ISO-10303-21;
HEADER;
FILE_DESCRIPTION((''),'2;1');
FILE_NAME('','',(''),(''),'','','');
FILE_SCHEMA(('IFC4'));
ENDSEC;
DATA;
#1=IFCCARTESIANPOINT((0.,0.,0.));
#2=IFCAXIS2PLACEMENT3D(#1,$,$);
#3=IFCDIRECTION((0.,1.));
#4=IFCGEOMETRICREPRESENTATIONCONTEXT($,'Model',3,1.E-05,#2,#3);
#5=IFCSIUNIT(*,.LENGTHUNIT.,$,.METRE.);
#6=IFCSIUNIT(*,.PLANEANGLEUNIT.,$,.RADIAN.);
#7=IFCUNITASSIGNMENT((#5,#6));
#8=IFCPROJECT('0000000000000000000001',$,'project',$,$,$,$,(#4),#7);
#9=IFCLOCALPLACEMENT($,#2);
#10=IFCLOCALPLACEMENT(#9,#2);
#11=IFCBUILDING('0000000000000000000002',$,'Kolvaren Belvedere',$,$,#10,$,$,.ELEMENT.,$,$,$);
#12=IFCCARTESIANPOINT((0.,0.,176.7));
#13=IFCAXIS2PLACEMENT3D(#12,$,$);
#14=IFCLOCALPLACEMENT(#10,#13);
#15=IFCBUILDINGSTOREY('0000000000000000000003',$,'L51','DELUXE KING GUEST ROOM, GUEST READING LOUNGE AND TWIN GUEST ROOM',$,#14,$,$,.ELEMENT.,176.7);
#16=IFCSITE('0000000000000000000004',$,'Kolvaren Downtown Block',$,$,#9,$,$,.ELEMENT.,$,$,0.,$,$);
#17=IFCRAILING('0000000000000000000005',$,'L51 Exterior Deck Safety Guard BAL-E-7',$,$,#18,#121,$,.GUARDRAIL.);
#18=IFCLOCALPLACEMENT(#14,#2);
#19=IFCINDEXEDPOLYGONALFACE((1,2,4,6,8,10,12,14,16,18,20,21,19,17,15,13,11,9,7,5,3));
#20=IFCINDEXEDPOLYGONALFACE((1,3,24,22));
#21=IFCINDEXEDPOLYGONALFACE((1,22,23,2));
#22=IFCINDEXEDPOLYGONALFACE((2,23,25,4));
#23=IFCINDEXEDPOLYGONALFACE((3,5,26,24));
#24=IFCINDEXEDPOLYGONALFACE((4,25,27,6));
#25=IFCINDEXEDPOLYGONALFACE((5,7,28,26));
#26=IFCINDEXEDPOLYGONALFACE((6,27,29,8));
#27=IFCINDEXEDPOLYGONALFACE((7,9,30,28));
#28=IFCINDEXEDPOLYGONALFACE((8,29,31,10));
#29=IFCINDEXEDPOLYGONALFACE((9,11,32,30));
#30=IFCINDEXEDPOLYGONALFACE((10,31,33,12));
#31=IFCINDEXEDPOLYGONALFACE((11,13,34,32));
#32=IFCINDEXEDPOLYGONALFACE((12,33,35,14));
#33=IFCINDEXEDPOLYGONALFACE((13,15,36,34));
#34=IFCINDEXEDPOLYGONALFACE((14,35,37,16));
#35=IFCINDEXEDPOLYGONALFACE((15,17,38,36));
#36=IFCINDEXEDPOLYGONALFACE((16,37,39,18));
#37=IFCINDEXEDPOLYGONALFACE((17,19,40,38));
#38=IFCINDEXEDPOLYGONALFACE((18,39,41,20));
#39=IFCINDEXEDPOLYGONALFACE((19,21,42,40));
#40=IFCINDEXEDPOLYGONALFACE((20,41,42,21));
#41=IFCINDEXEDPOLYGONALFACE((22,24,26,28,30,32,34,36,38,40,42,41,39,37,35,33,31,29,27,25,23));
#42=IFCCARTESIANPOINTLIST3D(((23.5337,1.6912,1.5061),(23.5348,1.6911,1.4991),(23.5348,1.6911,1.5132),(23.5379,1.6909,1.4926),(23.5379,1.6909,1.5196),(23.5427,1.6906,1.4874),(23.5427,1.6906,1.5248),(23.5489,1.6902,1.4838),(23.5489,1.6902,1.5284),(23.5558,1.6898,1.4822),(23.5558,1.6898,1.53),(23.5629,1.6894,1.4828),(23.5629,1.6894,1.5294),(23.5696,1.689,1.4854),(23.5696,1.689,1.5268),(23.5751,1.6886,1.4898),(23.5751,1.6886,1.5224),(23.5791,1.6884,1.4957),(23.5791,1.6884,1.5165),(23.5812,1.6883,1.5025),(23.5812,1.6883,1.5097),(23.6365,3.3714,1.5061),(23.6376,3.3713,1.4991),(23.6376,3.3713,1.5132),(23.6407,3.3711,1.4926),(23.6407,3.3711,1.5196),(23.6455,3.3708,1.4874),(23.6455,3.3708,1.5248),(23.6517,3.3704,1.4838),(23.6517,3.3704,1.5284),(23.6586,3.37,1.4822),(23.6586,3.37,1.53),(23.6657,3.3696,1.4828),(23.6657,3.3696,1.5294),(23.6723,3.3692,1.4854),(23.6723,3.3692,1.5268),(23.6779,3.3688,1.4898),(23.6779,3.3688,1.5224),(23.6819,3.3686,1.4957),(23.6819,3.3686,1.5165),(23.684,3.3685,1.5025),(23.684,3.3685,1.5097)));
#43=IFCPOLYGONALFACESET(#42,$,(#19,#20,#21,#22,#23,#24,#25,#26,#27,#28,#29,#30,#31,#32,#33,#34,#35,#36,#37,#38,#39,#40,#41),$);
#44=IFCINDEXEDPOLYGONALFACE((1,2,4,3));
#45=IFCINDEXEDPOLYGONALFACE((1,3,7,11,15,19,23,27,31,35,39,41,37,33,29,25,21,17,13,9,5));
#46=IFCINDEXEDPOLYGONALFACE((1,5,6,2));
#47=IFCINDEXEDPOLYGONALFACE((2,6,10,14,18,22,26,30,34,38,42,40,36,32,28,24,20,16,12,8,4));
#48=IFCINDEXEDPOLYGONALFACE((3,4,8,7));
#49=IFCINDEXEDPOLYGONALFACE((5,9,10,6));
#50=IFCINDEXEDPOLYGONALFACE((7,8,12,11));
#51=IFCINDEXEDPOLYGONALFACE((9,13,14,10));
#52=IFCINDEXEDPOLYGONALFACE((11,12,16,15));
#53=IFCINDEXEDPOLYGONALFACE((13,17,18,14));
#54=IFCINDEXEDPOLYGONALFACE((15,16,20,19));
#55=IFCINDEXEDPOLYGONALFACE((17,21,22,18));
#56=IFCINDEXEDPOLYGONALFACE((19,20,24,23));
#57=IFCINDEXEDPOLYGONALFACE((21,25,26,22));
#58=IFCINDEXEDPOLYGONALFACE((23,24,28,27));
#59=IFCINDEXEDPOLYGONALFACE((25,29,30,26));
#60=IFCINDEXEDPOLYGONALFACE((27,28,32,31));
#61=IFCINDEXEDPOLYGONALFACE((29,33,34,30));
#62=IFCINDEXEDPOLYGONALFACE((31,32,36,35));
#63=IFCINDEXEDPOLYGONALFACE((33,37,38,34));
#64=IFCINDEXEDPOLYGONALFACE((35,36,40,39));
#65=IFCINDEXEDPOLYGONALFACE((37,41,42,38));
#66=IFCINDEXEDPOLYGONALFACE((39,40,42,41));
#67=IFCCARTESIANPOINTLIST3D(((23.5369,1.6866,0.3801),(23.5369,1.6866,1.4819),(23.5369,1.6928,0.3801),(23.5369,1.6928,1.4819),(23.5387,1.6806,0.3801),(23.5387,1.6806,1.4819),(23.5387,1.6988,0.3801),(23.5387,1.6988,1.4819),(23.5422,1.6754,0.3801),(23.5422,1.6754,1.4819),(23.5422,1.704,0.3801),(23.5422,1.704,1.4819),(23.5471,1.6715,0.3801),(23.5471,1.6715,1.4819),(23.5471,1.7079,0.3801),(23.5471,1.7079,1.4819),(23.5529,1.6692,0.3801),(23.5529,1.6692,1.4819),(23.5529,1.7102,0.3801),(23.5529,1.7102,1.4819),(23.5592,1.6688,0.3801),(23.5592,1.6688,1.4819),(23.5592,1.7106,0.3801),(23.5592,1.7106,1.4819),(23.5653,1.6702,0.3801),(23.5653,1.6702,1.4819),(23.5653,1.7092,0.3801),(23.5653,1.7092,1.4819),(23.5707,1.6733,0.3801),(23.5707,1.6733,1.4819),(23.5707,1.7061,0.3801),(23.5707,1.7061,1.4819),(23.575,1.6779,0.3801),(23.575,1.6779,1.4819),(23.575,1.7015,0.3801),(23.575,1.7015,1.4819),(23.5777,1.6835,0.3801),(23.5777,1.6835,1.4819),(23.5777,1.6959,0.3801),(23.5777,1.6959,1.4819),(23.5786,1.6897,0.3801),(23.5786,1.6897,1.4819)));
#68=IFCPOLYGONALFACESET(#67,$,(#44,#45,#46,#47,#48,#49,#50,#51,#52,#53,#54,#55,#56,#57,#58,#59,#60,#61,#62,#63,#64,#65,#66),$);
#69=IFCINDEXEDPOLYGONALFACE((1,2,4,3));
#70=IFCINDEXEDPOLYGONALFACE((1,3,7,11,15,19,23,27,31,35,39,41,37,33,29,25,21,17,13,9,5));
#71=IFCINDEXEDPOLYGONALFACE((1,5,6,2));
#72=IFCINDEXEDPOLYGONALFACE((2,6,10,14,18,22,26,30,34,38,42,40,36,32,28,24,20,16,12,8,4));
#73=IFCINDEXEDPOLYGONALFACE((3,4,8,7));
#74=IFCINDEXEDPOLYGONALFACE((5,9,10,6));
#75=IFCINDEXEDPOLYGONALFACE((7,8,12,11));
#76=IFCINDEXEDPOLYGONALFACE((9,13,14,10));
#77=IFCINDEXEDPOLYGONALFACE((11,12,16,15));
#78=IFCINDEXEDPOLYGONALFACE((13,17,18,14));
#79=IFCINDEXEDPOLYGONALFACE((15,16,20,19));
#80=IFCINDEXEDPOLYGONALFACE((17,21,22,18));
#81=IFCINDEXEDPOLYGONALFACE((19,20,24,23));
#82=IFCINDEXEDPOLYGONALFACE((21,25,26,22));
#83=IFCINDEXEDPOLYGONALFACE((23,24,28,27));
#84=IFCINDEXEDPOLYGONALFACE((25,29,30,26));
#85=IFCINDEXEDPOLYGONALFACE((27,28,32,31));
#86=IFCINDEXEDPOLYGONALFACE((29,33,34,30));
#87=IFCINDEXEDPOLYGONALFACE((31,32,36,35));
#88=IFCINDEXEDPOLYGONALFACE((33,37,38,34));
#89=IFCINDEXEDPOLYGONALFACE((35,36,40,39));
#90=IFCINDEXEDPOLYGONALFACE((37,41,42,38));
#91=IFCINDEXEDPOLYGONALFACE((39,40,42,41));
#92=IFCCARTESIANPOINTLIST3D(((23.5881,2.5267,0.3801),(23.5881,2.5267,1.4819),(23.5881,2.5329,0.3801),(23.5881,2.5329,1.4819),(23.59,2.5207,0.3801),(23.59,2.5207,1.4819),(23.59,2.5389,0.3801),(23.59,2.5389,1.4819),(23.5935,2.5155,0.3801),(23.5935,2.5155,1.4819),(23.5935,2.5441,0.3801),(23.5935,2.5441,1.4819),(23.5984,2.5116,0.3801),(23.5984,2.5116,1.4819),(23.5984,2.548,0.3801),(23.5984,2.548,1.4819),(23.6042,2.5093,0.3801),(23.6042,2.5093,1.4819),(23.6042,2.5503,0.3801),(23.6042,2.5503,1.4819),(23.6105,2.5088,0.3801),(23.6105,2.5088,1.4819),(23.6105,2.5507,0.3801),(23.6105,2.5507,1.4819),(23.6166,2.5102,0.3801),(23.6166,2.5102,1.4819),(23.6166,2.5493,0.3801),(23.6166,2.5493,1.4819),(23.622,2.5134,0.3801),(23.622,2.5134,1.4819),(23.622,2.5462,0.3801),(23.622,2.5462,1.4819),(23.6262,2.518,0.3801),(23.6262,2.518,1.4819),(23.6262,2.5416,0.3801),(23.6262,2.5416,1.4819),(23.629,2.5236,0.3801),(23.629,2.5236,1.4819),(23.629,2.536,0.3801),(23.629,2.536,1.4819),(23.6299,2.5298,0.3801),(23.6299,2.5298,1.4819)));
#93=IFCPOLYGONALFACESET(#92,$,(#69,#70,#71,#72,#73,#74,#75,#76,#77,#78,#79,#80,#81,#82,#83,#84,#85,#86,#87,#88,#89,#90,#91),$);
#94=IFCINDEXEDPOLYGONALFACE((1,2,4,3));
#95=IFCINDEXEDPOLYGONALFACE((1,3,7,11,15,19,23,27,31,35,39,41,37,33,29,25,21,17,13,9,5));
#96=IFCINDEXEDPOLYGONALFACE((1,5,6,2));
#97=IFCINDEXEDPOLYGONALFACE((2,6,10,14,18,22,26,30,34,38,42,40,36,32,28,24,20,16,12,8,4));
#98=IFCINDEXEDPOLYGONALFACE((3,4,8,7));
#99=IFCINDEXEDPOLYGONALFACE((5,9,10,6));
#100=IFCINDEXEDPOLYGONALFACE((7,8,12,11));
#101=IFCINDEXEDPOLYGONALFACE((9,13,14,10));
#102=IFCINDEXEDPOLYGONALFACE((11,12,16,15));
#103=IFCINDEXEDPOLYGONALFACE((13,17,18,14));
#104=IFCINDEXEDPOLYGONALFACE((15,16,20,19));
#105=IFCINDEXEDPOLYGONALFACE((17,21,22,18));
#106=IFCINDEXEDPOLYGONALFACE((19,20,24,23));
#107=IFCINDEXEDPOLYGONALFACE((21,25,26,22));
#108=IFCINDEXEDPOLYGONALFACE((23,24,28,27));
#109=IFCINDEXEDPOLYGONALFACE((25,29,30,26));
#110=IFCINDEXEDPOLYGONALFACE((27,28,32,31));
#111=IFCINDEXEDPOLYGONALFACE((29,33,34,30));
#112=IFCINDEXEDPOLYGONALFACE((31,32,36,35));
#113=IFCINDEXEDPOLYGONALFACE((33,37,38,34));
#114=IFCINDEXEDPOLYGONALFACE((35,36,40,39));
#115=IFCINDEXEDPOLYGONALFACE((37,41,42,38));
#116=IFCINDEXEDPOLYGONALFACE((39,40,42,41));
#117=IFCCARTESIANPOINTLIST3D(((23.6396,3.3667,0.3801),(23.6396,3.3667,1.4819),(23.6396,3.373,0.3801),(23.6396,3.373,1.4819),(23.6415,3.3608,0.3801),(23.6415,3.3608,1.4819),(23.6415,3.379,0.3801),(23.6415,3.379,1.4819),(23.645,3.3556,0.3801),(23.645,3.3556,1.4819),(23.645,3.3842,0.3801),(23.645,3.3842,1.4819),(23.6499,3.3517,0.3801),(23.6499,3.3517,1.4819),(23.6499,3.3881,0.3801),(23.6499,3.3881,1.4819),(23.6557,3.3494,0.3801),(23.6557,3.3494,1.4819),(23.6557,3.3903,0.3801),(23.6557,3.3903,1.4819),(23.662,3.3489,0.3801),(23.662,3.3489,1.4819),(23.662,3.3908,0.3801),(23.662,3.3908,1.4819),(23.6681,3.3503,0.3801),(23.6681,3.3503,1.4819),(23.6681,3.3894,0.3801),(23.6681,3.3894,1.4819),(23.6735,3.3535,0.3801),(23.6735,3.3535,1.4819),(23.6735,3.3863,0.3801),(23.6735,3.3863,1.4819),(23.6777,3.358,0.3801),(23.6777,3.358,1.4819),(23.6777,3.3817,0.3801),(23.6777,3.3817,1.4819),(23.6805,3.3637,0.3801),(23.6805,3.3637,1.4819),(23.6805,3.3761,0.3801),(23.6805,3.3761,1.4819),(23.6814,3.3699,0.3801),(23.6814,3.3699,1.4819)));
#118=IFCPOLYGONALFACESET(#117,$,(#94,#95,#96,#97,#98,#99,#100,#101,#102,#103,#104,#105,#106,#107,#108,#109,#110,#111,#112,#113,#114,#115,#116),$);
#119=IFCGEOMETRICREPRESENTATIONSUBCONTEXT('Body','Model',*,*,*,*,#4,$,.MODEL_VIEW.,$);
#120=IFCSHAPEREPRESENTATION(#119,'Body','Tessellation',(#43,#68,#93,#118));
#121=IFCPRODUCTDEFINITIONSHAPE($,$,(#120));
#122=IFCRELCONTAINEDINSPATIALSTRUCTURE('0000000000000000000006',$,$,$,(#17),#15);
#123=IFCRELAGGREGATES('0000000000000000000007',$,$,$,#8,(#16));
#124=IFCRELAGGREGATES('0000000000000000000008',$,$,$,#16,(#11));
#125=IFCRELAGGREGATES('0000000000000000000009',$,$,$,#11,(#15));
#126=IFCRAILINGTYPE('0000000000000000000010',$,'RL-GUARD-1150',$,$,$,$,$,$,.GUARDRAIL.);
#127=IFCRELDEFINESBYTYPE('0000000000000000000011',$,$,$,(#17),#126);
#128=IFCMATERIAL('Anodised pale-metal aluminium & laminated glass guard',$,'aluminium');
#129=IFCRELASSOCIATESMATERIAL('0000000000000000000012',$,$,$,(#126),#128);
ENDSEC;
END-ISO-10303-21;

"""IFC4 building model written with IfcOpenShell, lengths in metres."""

from ifc_helpers import new_model, si_unit, direction, frame, origin, origin_2d, place, context, subcontext, project, spatial, circle, extrude, material, type_object, element, save


model = new_model("IFC4")

# Units and contexts
model_context = context("Model", 3, precision=1e-05, world=origin(), true_north=direction((0.0, 1.0)))
body_context = subcontext(model_context, "Body", "Model", "MODEL_VIEW")
ifc_project = project(units=[si_unit("LENGTHUNIT", "METRE"), si_unit("PLANEANGLEUNIT", "RADIAN")], contexts=[model_context])

# Site, building, storey
site_placement = place(None, origin())
site = spatial("IfcSite", under=ifc_project, at=site_placement, Name="Kolvaren Downtown Block", CompositionType="ELEMENT", RefElevation=0.0)
building_placement = place(site_placement, origin())
building = spatial("IfcBuilding", under=site, at=building_placement, Name="Kolvaren Belvedere", CompositionType="ELEMENT")
storey_placement = place(building_placement, frame((0.0, 0.0, 176.7)))
storey = spatial("IfcBuildingStorey", under=building, at=storey_placement, Name="L51", Description="DELUXE KING GUEST ROOM, GUEST READING LOUNGE AND TWIN GUEST ROOM", CompositionType="ELEMENT", Elevation=176.7)

# Railing
ifc_material_1 = material(Name="Anodised pale-metal aluminium & laminated glass guard", Category="aluminium")
railing_type = type_object("IfcRailingType", Name="RL-GUARD-1150", PredefinedType="GUARDRAIL", material=ifc_material_1)
railing_1_placement = place(storey_placement, frame((23.5576, 1.6897, 0.3801)))
element("IfcRailing", 1, at=railing_1_placement, inside=storey, type_object=railing_type, Name="L51 Exterior Deck Safety Guard BAL-E-7", PredefinedType="GUARDRAIL", context=body_context, shape_type="SweptSolid", body=[
    extrude(circle(Radius=0.0239, at=origin_2d()), frame((0.0, 0.0, 1.126), z_axis=(0.06106, 0.998134, 0.0), x_axis=(-0.998134, 0.06106, 0.0)), (0.0, 0.0, 1.0), 1.6833),
    extrude(circle(Radius=0.021, at=origin_2d()), origin(), (0.0, 0.0, 1.0), 1.1018),
    extrude(circle(Radius=0.021, at=origin_2d()), frame((0.0513, 0.8401, 0.0)), (0.0, 0.0, 1.0), 1.1018),
    extrude(circle(Radius=0.021, at=origin_2d()), frame((0.1028, 1.6802, 0.0)), (0.0, 0.0, 1.0), 1.1018),
])

save(model, "model.ifc")
